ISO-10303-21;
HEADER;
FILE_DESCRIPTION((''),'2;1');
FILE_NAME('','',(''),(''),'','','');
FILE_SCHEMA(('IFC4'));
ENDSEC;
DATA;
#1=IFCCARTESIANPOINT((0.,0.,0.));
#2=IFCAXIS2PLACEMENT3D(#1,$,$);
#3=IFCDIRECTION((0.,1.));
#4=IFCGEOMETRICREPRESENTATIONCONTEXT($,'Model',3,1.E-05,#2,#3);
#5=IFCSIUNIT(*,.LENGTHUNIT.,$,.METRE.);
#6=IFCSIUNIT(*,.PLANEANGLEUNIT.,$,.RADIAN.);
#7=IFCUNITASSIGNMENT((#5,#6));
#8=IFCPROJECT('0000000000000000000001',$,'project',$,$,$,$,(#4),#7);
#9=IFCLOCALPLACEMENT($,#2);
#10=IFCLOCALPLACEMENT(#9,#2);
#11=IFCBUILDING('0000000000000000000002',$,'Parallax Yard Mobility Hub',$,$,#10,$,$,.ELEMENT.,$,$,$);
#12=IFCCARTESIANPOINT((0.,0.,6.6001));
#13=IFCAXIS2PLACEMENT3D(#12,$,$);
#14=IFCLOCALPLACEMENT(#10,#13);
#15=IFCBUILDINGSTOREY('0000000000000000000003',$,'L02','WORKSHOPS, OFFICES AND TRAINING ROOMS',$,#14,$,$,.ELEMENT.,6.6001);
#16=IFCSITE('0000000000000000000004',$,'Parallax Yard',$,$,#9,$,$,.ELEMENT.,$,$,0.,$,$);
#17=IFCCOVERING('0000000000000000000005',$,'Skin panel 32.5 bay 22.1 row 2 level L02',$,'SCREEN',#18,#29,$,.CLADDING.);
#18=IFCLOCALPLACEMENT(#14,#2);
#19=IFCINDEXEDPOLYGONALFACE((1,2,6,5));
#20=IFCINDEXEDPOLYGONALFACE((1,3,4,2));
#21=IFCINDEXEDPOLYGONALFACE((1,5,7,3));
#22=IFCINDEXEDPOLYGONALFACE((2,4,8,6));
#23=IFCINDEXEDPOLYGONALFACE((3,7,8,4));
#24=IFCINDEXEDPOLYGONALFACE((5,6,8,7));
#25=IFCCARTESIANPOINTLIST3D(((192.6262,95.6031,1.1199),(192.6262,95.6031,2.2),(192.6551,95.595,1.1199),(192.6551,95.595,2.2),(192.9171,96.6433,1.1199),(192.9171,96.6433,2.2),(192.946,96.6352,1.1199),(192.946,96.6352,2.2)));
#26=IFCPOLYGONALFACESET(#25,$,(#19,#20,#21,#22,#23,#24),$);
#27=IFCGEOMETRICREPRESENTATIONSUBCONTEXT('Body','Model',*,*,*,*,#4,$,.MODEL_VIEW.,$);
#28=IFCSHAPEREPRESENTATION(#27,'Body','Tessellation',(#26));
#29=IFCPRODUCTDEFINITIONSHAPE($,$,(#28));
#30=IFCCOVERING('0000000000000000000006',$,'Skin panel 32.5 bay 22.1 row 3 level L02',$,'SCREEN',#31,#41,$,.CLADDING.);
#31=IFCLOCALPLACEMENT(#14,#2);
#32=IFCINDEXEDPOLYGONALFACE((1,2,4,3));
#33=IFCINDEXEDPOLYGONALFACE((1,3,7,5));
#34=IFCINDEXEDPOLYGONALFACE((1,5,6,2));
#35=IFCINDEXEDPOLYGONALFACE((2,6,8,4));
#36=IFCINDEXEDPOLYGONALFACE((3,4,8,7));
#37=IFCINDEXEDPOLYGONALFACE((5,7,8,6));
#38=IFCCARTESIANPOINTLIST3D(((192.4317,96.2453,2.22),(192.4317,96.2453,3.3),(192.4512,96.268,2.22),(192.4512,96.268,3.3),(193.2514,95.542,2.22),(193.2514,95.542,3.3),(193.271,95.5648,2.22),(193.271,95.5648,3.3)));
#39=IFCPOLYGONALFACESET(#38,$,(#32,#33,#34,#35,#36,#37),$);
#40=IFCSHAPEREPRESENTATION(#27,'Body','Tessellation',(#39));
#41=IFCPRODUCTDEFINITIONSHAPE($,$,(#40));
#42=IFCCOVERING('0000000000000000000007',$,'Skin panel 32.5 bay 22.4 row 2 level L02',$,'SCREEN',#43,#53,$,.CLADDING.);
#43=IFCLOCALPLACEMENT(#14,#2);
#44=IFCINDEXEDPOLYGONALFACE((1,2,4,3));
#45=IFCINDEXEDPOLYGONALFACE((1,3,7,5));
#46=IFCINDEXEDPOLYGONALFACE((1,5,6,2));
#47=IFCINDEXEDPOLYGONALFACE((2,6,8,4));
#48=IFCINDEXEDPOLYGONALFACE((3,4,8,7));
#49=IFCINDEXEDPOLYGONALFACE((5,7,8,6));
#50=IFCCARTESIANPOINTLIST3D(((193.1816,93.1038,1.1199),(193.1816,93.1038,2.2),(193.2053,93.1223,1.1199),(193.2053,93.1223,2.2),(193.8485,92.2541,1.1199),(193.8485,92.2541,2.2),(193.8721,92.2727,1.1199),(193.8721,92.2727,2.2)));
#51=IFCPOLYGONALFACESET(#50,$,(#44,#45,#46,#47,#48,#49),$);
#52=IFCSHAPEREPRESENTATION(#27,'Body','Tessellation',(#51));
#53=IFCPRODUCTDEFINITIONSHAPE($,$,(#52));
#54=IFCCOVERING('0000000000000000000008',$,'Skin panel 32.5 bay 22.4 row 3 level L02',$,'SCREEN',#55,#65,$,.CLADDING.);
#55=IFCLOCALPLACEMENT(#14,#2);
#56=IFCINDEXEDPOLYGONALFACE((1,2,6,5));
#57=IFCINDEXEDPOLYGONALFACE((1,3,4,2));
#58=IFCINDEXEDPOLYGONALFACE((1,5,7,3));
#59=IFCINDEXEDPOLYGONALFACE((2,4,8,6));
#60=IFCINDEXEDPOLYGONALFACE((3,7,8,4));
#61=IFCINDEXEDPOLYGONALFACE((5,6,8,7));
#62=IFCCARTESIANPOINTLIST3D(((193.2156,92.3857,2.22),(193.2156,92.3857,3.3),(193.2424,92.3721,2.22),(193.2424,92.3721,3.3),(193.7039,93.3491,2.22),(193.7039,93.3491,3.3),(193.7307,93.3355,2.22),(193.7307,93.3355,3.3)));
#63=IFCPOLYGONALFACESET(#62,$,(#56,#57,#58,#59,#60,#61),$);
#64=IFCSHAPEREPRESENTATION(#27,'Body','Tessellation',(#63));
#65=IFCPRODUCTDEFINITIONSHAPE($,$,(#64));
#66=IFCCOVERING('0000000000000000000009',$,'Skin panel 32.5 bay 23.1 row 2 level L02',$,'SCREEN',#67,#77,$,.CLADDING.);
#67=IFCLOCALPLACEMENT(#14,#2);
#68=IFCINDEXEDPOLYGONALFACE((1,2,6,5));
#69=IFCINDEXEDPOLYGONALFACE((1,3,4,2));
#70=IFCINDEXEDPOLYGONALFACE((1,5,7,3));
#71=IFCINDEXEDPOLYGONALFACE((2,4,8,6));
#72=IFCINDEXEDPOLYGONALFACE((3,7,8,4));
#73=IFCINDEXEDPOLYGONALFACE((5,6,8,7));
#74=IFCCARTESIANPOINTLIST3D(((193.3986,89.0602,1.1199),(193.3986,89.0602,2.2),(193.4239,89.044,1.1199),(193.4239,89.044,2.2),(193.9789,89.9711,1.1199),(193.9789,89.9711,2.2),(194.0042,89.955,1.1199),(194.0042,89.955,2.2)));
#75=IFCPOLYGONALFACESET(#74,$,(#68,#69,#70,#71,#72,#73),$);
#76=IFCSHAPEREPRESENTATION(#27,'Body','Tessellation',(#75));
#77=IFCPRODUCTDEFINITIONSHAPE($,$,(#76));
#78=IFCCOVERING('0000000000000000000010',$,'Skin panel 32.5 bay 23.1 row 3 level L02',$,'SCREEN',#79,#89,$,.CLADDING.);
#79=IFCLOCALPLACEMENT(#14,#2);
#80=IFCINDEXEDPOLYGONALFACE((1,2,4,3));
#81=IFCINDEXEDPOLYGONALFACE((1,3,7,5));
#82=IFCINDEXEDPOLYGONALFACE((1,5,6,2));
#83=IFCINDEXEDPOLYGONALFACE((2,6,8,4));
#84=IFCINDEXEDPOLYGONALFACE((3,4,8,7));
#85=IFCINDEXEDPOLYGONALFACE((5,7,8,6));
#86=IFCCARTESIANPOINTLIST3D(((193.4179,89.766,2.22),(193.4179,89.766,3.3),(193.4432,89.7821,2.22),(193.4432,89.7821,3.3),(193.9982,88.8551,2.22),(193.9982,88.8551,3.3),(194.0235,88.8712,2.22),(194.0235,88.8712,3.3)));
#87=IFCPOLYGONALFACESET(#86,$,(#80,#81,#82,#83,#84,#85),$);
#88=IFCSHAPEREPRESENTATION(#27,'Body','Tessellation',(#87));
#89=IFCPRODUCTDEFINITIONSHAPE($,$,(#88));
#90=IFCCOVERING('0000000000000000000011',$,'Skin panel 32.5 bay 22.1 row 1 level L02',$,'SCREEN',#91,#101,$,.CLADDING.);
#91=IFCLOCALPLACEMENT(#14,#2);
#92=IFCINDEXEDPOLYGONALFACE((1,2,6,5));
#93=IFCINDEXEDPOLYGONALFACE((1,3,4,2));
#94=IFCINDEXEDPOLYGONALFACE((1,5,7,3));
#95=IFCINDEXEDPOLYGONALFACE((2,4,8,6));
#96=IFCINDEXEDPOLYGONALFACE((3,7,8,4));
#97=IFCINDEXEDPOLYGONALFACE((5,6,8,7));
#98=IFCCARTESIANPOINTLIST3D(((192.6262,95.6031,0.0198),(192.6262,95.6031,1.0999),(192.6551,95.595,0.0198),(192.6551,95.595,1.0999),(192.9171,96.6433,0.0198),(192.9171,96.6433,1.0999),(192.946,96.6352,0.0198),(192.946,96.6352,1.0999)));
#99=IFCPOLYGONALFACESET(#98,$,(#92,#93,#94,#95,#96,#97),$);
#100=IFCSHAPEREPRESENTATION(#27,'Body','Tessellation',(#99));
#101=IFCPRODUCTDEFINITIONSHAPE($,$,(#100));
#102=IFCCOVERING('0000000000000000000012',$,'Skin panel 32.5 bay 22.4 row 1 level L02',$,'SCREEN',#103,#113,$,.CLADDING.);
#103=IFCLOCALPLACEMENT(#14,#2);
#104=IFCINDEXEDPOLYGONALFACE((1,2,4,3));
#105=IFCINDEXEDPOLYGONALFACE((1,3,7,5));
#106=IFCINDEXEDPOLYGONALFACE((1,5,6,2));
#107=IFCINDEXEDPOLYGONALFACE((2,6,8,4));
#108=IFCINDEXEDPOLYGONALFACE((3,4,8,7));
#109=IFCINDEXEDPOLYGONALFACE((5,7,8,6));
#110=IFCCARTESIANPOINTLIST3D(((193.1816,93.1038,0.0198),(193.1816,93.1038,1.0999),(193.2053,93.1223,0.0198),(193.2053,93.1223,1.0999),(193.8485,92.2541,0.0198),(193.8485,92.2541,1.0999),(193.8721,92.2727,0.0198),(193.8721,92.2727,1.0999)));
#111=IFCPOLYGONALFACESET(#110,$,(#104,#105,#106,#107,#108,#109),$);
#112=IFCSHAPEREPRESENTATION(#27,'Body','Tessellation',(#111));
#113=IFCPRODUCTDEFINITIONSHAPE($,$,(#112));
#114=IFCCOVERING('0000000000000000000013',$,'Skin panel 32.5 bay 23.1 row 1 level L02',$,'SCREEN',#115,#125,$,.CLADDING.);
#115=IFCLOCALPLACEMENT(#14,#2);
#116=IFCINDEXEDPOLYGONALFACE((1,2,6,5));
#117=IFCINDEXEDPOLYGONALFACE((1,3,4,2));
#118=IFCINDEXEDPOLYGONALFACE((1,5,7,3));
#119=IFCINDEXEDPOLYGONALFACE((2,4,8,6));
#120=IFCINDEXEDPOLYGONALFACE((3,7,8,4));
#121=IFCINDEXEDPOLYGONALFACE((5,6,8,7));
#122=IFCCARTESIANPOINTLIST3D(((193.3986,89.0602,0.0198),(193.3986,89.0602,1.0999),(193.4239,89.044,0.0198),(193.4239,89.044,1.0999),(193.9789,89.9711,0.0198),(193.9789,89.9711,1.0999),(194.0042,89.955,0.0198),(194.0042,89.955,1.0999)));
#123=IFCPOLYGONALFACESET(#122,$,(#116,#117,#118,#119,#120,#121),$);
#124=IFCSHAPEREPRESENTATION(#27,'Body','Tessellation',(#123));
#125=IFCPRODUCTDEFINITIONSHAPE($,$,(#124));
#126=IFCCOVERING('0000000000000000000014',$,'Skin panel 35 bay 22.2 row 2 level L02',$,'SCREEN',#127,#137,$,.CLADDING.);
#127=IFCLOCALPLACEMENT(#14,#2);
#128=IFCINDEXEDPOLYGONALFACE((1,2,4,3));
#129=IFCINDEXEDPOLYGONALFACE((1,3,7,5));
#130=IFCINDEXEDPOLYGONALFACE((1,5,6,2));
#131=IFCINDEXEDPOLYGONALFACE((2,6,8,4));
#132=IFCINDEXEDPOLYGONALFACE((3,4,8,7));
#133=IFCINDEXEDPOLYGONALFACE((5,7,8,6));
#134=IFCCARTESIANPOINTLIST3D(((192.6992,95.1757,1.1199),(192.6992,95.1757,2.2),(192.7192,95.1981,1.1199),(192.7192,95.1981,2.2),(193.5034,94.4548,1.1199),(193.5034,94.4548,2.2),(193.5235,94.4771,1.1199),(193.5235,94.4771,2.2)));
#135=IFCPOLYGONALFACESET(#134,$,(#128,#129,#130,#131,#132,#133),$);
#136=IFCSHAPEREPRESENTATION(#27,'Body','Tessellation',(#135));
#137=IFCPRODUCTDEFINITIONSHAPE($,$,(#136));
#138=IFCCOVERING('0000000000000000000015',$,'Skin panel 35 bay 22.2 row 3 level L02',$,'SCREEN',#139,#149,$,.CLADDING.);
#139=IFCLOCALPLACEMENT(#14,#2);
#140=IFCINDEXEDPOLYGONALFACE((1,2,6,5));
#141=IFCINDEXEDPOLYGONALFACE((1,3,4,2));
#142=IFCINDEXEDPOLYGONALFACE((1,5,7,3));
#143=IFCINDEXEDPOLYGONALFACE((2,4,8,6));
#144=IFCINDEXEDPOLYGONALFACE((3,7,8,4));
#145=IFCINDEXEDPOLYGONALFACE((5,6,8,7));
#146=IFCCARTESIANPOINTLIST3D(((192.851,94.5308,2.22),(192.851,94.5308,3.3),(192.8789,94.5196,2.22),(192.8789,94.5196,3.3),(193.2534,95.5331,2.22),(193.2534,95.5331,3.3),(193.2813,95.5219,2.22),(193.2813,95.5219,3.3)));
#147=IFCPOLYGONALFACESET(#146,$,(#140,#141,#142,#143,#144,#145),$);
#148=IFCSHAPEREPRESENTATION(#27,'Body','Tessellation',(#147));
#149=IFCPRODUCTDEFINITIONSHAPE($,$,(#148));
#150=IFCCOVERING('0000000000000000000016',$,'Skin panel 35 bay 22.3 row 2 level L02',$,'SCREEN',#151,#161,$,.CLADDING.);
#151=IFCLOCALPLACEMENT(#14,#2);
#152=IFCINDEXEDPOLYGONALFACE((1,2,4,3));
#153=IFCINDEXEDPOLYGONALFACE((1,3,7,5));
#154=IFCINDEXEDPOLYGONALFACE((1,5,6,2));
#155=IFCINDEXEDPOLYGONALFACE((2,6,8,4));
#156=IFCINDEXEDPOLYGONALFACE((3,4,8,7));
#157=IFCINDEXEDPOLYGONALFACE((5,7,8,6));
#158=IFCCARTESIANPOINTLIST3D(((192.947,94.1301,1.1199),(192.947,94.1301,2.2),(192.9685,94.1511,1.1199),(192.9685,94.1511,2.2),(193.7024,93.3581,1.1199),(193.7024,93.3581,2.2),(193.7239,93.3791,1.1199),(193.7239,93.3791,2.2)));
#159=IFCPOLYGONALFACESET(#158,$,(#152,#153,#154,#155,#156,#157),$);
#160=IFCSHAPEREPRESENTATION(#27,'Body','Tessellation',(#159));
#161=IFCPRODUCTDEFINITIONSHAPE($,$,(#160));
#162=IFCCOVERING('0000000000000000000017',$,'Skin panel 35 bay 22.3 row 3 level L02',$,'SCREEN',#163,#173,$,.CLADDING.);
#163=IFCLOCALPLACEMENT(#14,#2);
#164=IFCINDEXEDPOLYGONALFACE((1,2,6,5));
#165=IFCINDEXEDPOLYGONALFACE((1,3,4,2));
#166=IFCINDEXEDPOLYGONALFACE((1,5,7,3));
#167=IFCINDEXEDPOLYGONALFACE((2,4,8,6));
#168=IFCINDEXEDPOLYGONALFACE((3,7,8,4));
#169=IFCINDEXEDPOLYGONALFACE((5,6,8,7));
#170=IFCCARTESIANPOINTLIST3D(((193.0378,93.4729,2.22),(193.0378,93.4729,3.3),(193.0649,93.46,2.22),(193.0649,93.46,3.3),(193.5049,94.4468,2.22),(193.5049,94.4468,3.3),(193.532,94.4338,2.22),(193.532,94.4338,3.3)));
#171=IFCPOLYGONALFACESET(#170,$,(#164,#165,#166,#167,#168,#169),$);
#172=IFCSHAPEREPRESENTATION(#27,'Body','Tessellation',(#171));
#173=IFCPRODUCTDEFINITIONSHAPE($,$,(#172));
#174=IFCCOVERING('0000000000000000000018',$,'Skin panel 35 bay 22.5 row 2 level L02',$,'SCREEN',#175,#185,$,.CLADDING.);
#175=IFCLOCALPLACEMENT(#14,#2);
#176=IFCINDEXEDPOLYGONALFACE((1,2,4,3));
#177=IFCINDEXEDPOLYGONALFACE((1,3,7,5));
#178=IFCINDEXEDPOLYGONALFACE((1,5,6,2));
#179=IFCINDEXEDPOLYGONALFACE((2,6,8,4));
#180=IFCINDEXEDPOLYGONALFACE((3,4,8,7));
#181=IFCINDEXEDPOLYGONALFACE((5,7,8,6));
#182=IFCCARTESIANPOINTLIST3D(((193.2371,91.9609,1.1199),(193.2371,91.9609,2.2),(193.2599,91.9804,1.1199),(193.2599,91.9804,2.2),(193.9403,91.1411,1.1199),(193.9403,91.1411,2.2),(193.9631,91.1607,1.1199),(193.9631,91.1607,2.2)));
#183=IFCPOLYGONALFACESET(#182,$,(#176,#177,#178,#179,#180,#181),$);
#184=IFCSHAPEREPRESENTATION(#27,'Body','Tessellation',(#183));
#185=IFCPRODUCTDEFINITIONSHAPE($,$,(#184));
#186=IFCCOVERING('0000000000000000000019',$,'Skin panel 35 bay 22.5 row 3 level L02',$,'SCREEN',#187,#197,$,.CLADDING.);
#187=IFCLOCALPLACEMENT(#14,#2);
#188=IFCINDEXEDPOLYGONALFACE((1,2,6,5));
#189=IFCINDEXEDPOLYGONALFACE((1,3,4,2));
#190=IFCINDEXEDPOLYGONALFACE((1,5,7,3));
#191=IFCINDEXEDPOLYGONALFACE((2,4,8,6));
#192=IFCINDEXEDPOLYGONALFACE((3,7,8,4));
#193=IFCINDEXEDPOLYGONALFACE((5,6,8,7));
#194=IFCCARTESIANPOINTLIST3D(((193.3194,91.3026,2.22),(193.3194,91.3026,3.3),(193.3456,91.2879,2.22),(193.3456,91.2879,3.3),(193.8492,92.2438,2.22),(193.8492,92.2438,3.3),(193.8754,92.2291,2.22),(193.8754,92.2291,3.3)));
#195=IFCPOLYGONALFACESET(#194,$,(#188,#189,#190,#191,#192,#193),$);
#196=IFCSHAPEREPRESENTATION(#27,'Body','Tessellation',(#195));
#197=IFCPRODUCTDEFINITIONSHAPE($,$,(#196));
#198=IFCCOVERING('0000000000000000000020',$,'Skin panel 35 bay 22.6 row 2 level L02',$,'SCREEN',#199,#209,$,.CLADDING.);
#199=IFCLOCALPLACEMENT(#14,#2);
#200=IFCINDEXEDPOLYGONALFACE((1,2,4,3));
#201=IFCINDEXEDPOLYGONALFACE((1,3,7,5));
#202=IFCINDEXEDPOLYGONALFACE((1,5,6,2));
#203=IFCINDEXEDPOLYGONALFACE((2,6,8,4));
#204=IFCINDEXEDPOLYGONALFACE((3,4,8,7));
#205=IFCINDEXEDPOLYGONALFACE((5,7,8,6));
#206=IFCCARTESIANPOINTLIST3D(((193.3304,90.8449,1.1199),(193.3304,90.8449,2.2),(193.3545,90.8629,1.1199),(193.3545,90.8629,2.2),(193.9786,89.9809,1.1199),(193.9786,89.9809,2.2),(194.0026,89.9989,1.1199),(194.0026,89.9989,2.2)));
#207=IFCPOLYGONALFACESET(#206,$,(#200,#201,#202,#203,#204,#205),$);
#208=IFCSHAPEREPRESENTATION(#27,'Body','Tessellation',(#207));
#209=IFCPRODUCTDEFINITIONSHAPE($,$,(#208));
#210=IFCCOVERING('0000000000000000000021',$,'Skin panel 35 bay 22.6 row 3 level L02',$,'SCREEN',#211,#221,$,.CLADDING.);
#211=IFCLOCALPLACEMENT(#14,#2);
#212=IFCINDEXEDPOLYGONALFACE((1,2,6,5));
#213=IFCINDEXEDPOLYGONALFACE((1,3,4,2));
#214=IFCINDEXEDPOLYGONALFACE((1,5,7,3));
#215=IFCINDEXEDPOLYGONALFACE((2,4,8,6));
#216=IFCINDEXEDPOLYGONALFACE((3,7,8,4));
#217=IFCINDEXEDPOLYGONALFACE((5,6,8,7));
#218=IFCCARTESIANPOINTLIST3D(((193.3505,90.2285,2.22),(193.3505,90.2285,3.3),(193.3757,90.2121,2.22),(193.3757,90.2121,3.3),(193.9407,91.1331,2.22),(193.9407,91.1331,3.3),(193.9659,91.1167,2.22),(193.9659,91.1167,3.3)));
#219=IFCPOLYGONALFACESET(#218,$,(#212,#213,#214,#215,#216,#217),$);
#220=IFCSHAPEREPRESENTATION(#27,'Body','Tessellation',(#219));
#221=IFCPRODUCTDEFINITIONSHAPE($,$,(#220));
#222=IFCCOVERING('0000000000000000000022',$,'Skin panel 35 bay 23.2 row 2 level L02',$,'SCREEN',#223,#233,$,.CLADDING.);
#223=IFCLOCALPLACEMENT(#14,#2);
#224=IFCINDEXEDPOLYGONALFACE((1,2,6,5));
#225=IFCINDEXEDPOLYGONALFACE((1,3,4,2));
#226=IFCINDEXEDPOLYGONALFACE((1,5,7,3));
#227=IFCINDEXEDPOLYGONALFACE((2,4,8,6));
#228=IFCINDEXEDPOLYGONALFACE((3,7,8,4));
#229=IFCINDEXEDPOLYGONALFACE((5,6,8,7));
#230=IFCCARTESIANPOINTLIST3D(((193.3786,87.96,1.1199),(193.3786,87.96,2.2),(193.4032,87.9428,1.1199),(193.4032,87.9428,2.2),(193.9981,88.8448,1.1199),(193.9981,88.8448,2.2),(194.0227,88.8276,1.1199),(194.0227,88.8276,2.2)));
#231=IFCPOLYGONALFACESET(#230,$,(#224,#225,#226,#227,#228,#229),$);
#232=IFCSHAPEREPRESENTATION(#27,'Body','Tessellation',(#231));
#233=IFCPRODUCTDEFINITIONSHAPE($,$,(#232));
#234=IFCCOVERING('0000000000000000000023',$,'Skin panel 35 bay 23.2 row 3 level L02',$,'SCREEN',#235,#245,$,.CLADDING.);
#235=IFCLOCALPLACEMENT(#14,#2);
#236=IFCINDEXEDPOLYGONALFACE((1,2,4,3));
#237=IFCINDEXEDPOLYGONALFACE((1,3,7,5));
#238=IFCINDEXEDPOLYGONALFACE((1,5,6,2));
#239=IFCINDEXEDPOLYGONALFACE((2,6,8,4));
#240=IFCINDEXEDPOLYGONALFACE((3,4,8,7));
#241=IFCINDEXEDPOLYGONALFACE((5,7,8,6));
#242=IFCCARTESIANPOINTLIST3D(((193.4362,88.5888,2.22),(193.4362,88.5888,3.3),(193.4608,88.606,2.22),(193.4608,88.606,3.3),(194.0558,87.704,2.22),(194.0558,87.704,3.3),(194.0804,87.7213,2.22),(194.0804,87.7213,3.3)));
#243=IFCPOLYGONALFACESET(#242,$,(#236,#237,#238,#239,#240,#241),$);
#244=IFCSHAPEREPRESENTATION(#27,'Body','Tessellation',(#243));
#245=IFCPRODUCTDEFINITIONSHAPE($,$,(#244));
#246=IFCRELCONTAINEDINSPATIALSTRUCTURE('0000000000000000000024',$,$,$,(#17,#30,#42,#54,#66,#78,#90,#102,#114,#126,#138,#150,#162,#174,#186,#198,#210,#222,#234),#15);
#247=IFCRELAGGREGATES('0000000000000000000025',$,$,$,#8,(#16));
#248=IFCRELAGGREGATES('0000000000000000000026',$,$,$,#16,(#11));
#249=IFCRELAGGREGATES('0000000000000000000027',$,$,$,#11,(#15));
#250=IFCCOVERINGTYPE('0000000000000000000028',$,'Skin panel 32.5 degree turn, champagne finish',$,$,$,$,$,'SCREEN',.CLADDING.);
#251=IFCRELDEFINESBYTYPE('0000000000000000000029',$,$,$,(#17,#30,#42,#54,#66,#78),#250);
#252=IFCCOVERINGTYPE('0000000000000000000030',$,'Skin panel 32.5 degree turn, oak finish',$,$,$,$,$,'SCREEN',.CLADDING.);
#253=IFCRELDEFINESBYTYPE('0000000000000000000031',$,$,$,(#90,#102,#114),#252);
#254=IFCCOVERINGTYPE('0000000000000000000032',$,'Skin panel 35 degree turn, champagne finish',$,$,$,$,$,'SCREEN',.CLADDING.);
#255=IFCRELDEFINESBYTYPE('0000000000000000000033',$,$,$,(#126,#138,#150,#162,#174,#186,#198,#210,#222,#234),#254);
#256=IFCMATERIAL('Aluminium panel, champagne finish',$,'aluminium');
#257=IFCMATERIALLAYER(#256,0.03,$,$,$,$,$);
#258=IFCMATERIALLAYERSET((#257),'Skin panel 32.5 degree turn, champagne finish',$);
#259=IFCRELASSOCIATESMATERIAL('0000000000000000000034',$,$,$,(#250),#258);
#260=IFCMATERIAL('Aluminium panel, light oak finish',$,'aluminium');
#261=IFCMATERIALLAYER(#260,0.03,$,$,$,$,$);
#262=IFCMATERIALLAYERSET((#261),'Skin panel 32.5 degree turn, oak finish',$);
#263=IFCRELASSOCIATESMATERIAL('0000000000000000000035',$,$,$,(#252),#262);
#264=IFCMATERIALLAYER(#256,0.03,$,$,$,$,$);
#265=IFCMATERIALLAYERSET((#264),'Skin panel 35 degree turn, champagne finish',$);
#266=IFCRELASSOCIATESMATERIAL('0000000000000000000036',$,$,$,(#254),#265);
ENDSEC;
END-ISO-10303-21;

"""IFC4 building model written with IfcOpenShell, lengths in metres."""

from ifc_helpers import new_model, si_unit, direction, frame, origin, origin_2d, place, context, subcontext, project, spatial, rectangle, extrude, material, layer, layer_set, type_object, element, save


model = new_model("IFC4")

# Units and contexts
model_context = context("Model", 3, precision=1e-05, world=origin(), true_north=direction((0.0, 1.0)))
body_context = subcontext(model_context, "Body", "Model", "MODEL_VIEW")
ifc_project = project(units=[si_unit("LENGTHUNIT", "METRE"), si_unit("PLANEANGLEUNIT", "RADIAN")], contexts=[model_context])

# Site, building, storey
site_placement = place(None, origin())
site = spatial("IfcSite", under=ifc_project, at=site_placement, Name="Parallax Yard", CompositionType="ELEMENT", RefElevation=0.0)
building_placement = place(site_placement, origin())
building = spatial("IfcBuilding", under=site, at=building_placement, Name="Parallax Yard Mobility Hub", CompositionType="ELEMENT")
storey_placement = place(building_placement, frame((0.0, 0.0, 6.6001)))
storey = spatial("IfcBuildingStorey", under=building, at=storey_placement, Name="L02", Description="WORKSHOPS, OFFICES AND TRAINING ROOMS", CompositionType="ELEMENT", Elevation=6.6001)

# Coverings
ifc_material_1 = material(Name="Aluminium panel, champagne finish", Category="aluminium")
ifc_layer_1 = layer(ifc_material_1, 0.03)
ifc_layer_set_1 = layer_set([ifc_layer_1], Name="Skin panel 32.5 degree turn, champagne finish")
covering_type_1 = type_object("IfcCoveringType", Name="Skin panel 32.5 degree turn, champagne finish", ElementType="SCREEN", PredefinedType="CLADDING", material=ifc_layer_set_1)
for number, where, z_axis, x_axis, name in (
    (1, (192.7861, 96.1191, 1.1199), (0.0, 0.0, 1.0), (-0.26934, -0.963045, 0.0), "Skin panel 32.5 bay 22.1 row 2 level L02"),
    (2, (192.8513, 95.905, 2.22), (0.0, 0.0, 1.0), (-0.758987, 0.651105, 0.0), "Skin panel 32.5 bay 22.1 row 3 level L02"),
    (3, (193.5269, 92.6882, 1.1199), (0.0, 0.0, 1.0), (-0.617379, 0.786666, 0.0), "Skin panel 32.5 bay 22.4 row 2 level L02"),
    (4, (193.4731, 92.8606, 2.22), (0.0, 0.0, 1.0), (-0.452046, -0.891995, 0.0), "Skin panel 32.5 bay 22.4 row 3 level L02"),
    (5, (193.7014, 89.5076, 1.1199), (0.0, 0.0, 1.0), (-0.5373, -0.843391, 0.0), "Skin panel 32.5 bay 23.1 row 2 level L02"),
    (6, (193.7207, 89.3186, 2.22), (0.0, 0.0, 1.0), (-0.5373, 0.843391, 0.0), "Skin panel 32.5 bay 23.1 row 3 level L02"),
):
    element("IfcCovering", number, at=place(storey_placement, frame(where, z_axis=z_axis, x_axis=x_axis)), inside=storey, type_object=covering_type_1, Name=name, ObjectType="SCREEN", PredefinedType="CLADDING", context=body_context, shape_type="SweptSolid", body=[
        extrude(rectangle(XDim=1.0801, YDim=0.03, at=origin_2d()), origin(), (0.0, 0.0, 1.0), 1.0801),
    ])
ifc_material_2 = material(Name="Aluminium panel, light oak finish", Category="aluminium")
ifc_layer_2 = layer(ifc_material_2, 0.03)
ifc_layer_set_2 = layer_set([ifc_layer_2], Name="Skin panel 32.5 degree turn, oak finish")
covering_type_2 = type_object("IfcCoveringType", Name="Skin panel 32.5 degree turn, oak finish", ElementType="SCREEN", PredefinedType="CLADDING", material=ifc_layer_set_2)
for number, where, z_axis, x_axis, name in (
    (7, (192.7861, 96.1191, 0.0198), (0.0, 0.0, 1.0), (-0.26934, -0.963045, 0.0), "Skin panel 32.5 bay 22.1 row 1 level L02"),
    (8, (193.5269, 92.6882, 0.0198), (0.0, 0.0, 1.0), (-0.617379, 0.786666, 0.0), "Skin panel 32.5 bay 22.4 row 1 level L02"),
    (9, (193.7014, 89.5076, 0.0198), (0.0, 0.0, 1.0), (-0.5373, -0.843391, 0.0), "Skin panel 32.5 bay 23.1 row 1 level L02"),
):
    element("IfcCovering", number, at=place(storey_placement, frame(where, z_axis=z_axis, x_axis=x_axis)), inside=storey, type_object=covering_type_2, Name=name, ObjectType="SCREEN", PredefinedType="CLADDING", context=body_context, shape_type="SweptSolid", body=[
        extrude(rectangle(XDim=1.0801, YDim=0.03, at=origin_2d()), origin(), (0.0, 0.0, 1.0), 1.0801),
    ])
ifc_layer_3 = layer(ifc_material_1, 0.03)
ifc_layer_set_3 = layer_set([ifc_layer_3], Name="Skin panel 35 degree turn, champagne finish")
covering_type_3 = type_object("IfcCoveringType", Name="Skin panel 35 degree turn, champagne finish", ElementType="SCREEN", PredefinedType="CLADDING", material=ifc_layer_set_3)
for number, where, z_axis, x_axis, name in (
    (10, (193.1113, 94.8264, 1.1199), (0.0, 0.0, 1.0), (-0.744603, 0.667508, 0.0), "Skin panel 35 bay 22.2 row 2 level L02"),
    (11, (193.0662, 95.0264, 2.22), (0.0, 0.0, 1.0), (-0.372583, -0.927999, 0.0), "Skin panel 35 bay 22.2 row 3 level L02"),
    (12, (193.3354, 93.7546, 1.1199), (0.0, 0.0, 1.0), (-0.699352, 0.714778, 0.0), "Skin panel 35 bay 22.3 row 2 level L02"),
    (13, (193.2849, 93.9534, 2.22), (0.0, 0.0, 1.0), (-0.432479, -0.901644, 0.0), "Skin panel 35 bay 22.3 row 3 level L02"),
    (14, (193.6001, 91.5608, 1.1199), (0.0, 0.0, 1.0), (-0.651105, 0.758987, 0.0), "Skin panel 35 bay 22.5 row 2 level L02"),
    (15, (193.5974, 91.7659, 2.22), (0.0, 0.0, 1.0), (-0.490524, -0.871428, 0.0), "Skin panel 35 bay 22.5 row 3 level L02"),
    (16, (193.6665, 90.4219, 1.1199), (0.0, 0.0, 1.0), (-0.600071, 0.799947, 0.0), "Skin panel 35 bay 22.6 row 2 level L02"),
    (17, (193.6582, 90.6726, 2.22), (0.0, 0.0, 1.0), (-0.546467, -0.83748, 0.0), "Skin panel 35 bay 22.6 row 3 level L02"),
    (18, (193.7007, 88.3938, 1.1199), (0.0, 0.0, 1.0), (-0.573576, -0.819152, 0.0), "Skin panel 35 bay 23.2 row 2 level L02"),
    (19, (193.7583, 88.155, 2.22), (0.0, 0.0, 1.0), (-0.573576, 0.819152, 0.0), "Skin panel 35 bay 23.2 row 3 level L02"),
):
    element("IfcCovering", number, at=place(storey_placement, frame(where, z_axis=z_axis, x_axis=x_axis)), inside=storey, type_object=covering_type_3, Name=name, ObjectType="SCREEN", PredefinedType="CLADDING", context=body_context, shape_type="SweptSolid", body=[
        extrude(rectangle(XDim=1.0801, YDim=0.03, at=origin_2d()), origin(), (0.0, 0.0, 1.0), 1.0801),
    ])

save(model, "model.ifc")
